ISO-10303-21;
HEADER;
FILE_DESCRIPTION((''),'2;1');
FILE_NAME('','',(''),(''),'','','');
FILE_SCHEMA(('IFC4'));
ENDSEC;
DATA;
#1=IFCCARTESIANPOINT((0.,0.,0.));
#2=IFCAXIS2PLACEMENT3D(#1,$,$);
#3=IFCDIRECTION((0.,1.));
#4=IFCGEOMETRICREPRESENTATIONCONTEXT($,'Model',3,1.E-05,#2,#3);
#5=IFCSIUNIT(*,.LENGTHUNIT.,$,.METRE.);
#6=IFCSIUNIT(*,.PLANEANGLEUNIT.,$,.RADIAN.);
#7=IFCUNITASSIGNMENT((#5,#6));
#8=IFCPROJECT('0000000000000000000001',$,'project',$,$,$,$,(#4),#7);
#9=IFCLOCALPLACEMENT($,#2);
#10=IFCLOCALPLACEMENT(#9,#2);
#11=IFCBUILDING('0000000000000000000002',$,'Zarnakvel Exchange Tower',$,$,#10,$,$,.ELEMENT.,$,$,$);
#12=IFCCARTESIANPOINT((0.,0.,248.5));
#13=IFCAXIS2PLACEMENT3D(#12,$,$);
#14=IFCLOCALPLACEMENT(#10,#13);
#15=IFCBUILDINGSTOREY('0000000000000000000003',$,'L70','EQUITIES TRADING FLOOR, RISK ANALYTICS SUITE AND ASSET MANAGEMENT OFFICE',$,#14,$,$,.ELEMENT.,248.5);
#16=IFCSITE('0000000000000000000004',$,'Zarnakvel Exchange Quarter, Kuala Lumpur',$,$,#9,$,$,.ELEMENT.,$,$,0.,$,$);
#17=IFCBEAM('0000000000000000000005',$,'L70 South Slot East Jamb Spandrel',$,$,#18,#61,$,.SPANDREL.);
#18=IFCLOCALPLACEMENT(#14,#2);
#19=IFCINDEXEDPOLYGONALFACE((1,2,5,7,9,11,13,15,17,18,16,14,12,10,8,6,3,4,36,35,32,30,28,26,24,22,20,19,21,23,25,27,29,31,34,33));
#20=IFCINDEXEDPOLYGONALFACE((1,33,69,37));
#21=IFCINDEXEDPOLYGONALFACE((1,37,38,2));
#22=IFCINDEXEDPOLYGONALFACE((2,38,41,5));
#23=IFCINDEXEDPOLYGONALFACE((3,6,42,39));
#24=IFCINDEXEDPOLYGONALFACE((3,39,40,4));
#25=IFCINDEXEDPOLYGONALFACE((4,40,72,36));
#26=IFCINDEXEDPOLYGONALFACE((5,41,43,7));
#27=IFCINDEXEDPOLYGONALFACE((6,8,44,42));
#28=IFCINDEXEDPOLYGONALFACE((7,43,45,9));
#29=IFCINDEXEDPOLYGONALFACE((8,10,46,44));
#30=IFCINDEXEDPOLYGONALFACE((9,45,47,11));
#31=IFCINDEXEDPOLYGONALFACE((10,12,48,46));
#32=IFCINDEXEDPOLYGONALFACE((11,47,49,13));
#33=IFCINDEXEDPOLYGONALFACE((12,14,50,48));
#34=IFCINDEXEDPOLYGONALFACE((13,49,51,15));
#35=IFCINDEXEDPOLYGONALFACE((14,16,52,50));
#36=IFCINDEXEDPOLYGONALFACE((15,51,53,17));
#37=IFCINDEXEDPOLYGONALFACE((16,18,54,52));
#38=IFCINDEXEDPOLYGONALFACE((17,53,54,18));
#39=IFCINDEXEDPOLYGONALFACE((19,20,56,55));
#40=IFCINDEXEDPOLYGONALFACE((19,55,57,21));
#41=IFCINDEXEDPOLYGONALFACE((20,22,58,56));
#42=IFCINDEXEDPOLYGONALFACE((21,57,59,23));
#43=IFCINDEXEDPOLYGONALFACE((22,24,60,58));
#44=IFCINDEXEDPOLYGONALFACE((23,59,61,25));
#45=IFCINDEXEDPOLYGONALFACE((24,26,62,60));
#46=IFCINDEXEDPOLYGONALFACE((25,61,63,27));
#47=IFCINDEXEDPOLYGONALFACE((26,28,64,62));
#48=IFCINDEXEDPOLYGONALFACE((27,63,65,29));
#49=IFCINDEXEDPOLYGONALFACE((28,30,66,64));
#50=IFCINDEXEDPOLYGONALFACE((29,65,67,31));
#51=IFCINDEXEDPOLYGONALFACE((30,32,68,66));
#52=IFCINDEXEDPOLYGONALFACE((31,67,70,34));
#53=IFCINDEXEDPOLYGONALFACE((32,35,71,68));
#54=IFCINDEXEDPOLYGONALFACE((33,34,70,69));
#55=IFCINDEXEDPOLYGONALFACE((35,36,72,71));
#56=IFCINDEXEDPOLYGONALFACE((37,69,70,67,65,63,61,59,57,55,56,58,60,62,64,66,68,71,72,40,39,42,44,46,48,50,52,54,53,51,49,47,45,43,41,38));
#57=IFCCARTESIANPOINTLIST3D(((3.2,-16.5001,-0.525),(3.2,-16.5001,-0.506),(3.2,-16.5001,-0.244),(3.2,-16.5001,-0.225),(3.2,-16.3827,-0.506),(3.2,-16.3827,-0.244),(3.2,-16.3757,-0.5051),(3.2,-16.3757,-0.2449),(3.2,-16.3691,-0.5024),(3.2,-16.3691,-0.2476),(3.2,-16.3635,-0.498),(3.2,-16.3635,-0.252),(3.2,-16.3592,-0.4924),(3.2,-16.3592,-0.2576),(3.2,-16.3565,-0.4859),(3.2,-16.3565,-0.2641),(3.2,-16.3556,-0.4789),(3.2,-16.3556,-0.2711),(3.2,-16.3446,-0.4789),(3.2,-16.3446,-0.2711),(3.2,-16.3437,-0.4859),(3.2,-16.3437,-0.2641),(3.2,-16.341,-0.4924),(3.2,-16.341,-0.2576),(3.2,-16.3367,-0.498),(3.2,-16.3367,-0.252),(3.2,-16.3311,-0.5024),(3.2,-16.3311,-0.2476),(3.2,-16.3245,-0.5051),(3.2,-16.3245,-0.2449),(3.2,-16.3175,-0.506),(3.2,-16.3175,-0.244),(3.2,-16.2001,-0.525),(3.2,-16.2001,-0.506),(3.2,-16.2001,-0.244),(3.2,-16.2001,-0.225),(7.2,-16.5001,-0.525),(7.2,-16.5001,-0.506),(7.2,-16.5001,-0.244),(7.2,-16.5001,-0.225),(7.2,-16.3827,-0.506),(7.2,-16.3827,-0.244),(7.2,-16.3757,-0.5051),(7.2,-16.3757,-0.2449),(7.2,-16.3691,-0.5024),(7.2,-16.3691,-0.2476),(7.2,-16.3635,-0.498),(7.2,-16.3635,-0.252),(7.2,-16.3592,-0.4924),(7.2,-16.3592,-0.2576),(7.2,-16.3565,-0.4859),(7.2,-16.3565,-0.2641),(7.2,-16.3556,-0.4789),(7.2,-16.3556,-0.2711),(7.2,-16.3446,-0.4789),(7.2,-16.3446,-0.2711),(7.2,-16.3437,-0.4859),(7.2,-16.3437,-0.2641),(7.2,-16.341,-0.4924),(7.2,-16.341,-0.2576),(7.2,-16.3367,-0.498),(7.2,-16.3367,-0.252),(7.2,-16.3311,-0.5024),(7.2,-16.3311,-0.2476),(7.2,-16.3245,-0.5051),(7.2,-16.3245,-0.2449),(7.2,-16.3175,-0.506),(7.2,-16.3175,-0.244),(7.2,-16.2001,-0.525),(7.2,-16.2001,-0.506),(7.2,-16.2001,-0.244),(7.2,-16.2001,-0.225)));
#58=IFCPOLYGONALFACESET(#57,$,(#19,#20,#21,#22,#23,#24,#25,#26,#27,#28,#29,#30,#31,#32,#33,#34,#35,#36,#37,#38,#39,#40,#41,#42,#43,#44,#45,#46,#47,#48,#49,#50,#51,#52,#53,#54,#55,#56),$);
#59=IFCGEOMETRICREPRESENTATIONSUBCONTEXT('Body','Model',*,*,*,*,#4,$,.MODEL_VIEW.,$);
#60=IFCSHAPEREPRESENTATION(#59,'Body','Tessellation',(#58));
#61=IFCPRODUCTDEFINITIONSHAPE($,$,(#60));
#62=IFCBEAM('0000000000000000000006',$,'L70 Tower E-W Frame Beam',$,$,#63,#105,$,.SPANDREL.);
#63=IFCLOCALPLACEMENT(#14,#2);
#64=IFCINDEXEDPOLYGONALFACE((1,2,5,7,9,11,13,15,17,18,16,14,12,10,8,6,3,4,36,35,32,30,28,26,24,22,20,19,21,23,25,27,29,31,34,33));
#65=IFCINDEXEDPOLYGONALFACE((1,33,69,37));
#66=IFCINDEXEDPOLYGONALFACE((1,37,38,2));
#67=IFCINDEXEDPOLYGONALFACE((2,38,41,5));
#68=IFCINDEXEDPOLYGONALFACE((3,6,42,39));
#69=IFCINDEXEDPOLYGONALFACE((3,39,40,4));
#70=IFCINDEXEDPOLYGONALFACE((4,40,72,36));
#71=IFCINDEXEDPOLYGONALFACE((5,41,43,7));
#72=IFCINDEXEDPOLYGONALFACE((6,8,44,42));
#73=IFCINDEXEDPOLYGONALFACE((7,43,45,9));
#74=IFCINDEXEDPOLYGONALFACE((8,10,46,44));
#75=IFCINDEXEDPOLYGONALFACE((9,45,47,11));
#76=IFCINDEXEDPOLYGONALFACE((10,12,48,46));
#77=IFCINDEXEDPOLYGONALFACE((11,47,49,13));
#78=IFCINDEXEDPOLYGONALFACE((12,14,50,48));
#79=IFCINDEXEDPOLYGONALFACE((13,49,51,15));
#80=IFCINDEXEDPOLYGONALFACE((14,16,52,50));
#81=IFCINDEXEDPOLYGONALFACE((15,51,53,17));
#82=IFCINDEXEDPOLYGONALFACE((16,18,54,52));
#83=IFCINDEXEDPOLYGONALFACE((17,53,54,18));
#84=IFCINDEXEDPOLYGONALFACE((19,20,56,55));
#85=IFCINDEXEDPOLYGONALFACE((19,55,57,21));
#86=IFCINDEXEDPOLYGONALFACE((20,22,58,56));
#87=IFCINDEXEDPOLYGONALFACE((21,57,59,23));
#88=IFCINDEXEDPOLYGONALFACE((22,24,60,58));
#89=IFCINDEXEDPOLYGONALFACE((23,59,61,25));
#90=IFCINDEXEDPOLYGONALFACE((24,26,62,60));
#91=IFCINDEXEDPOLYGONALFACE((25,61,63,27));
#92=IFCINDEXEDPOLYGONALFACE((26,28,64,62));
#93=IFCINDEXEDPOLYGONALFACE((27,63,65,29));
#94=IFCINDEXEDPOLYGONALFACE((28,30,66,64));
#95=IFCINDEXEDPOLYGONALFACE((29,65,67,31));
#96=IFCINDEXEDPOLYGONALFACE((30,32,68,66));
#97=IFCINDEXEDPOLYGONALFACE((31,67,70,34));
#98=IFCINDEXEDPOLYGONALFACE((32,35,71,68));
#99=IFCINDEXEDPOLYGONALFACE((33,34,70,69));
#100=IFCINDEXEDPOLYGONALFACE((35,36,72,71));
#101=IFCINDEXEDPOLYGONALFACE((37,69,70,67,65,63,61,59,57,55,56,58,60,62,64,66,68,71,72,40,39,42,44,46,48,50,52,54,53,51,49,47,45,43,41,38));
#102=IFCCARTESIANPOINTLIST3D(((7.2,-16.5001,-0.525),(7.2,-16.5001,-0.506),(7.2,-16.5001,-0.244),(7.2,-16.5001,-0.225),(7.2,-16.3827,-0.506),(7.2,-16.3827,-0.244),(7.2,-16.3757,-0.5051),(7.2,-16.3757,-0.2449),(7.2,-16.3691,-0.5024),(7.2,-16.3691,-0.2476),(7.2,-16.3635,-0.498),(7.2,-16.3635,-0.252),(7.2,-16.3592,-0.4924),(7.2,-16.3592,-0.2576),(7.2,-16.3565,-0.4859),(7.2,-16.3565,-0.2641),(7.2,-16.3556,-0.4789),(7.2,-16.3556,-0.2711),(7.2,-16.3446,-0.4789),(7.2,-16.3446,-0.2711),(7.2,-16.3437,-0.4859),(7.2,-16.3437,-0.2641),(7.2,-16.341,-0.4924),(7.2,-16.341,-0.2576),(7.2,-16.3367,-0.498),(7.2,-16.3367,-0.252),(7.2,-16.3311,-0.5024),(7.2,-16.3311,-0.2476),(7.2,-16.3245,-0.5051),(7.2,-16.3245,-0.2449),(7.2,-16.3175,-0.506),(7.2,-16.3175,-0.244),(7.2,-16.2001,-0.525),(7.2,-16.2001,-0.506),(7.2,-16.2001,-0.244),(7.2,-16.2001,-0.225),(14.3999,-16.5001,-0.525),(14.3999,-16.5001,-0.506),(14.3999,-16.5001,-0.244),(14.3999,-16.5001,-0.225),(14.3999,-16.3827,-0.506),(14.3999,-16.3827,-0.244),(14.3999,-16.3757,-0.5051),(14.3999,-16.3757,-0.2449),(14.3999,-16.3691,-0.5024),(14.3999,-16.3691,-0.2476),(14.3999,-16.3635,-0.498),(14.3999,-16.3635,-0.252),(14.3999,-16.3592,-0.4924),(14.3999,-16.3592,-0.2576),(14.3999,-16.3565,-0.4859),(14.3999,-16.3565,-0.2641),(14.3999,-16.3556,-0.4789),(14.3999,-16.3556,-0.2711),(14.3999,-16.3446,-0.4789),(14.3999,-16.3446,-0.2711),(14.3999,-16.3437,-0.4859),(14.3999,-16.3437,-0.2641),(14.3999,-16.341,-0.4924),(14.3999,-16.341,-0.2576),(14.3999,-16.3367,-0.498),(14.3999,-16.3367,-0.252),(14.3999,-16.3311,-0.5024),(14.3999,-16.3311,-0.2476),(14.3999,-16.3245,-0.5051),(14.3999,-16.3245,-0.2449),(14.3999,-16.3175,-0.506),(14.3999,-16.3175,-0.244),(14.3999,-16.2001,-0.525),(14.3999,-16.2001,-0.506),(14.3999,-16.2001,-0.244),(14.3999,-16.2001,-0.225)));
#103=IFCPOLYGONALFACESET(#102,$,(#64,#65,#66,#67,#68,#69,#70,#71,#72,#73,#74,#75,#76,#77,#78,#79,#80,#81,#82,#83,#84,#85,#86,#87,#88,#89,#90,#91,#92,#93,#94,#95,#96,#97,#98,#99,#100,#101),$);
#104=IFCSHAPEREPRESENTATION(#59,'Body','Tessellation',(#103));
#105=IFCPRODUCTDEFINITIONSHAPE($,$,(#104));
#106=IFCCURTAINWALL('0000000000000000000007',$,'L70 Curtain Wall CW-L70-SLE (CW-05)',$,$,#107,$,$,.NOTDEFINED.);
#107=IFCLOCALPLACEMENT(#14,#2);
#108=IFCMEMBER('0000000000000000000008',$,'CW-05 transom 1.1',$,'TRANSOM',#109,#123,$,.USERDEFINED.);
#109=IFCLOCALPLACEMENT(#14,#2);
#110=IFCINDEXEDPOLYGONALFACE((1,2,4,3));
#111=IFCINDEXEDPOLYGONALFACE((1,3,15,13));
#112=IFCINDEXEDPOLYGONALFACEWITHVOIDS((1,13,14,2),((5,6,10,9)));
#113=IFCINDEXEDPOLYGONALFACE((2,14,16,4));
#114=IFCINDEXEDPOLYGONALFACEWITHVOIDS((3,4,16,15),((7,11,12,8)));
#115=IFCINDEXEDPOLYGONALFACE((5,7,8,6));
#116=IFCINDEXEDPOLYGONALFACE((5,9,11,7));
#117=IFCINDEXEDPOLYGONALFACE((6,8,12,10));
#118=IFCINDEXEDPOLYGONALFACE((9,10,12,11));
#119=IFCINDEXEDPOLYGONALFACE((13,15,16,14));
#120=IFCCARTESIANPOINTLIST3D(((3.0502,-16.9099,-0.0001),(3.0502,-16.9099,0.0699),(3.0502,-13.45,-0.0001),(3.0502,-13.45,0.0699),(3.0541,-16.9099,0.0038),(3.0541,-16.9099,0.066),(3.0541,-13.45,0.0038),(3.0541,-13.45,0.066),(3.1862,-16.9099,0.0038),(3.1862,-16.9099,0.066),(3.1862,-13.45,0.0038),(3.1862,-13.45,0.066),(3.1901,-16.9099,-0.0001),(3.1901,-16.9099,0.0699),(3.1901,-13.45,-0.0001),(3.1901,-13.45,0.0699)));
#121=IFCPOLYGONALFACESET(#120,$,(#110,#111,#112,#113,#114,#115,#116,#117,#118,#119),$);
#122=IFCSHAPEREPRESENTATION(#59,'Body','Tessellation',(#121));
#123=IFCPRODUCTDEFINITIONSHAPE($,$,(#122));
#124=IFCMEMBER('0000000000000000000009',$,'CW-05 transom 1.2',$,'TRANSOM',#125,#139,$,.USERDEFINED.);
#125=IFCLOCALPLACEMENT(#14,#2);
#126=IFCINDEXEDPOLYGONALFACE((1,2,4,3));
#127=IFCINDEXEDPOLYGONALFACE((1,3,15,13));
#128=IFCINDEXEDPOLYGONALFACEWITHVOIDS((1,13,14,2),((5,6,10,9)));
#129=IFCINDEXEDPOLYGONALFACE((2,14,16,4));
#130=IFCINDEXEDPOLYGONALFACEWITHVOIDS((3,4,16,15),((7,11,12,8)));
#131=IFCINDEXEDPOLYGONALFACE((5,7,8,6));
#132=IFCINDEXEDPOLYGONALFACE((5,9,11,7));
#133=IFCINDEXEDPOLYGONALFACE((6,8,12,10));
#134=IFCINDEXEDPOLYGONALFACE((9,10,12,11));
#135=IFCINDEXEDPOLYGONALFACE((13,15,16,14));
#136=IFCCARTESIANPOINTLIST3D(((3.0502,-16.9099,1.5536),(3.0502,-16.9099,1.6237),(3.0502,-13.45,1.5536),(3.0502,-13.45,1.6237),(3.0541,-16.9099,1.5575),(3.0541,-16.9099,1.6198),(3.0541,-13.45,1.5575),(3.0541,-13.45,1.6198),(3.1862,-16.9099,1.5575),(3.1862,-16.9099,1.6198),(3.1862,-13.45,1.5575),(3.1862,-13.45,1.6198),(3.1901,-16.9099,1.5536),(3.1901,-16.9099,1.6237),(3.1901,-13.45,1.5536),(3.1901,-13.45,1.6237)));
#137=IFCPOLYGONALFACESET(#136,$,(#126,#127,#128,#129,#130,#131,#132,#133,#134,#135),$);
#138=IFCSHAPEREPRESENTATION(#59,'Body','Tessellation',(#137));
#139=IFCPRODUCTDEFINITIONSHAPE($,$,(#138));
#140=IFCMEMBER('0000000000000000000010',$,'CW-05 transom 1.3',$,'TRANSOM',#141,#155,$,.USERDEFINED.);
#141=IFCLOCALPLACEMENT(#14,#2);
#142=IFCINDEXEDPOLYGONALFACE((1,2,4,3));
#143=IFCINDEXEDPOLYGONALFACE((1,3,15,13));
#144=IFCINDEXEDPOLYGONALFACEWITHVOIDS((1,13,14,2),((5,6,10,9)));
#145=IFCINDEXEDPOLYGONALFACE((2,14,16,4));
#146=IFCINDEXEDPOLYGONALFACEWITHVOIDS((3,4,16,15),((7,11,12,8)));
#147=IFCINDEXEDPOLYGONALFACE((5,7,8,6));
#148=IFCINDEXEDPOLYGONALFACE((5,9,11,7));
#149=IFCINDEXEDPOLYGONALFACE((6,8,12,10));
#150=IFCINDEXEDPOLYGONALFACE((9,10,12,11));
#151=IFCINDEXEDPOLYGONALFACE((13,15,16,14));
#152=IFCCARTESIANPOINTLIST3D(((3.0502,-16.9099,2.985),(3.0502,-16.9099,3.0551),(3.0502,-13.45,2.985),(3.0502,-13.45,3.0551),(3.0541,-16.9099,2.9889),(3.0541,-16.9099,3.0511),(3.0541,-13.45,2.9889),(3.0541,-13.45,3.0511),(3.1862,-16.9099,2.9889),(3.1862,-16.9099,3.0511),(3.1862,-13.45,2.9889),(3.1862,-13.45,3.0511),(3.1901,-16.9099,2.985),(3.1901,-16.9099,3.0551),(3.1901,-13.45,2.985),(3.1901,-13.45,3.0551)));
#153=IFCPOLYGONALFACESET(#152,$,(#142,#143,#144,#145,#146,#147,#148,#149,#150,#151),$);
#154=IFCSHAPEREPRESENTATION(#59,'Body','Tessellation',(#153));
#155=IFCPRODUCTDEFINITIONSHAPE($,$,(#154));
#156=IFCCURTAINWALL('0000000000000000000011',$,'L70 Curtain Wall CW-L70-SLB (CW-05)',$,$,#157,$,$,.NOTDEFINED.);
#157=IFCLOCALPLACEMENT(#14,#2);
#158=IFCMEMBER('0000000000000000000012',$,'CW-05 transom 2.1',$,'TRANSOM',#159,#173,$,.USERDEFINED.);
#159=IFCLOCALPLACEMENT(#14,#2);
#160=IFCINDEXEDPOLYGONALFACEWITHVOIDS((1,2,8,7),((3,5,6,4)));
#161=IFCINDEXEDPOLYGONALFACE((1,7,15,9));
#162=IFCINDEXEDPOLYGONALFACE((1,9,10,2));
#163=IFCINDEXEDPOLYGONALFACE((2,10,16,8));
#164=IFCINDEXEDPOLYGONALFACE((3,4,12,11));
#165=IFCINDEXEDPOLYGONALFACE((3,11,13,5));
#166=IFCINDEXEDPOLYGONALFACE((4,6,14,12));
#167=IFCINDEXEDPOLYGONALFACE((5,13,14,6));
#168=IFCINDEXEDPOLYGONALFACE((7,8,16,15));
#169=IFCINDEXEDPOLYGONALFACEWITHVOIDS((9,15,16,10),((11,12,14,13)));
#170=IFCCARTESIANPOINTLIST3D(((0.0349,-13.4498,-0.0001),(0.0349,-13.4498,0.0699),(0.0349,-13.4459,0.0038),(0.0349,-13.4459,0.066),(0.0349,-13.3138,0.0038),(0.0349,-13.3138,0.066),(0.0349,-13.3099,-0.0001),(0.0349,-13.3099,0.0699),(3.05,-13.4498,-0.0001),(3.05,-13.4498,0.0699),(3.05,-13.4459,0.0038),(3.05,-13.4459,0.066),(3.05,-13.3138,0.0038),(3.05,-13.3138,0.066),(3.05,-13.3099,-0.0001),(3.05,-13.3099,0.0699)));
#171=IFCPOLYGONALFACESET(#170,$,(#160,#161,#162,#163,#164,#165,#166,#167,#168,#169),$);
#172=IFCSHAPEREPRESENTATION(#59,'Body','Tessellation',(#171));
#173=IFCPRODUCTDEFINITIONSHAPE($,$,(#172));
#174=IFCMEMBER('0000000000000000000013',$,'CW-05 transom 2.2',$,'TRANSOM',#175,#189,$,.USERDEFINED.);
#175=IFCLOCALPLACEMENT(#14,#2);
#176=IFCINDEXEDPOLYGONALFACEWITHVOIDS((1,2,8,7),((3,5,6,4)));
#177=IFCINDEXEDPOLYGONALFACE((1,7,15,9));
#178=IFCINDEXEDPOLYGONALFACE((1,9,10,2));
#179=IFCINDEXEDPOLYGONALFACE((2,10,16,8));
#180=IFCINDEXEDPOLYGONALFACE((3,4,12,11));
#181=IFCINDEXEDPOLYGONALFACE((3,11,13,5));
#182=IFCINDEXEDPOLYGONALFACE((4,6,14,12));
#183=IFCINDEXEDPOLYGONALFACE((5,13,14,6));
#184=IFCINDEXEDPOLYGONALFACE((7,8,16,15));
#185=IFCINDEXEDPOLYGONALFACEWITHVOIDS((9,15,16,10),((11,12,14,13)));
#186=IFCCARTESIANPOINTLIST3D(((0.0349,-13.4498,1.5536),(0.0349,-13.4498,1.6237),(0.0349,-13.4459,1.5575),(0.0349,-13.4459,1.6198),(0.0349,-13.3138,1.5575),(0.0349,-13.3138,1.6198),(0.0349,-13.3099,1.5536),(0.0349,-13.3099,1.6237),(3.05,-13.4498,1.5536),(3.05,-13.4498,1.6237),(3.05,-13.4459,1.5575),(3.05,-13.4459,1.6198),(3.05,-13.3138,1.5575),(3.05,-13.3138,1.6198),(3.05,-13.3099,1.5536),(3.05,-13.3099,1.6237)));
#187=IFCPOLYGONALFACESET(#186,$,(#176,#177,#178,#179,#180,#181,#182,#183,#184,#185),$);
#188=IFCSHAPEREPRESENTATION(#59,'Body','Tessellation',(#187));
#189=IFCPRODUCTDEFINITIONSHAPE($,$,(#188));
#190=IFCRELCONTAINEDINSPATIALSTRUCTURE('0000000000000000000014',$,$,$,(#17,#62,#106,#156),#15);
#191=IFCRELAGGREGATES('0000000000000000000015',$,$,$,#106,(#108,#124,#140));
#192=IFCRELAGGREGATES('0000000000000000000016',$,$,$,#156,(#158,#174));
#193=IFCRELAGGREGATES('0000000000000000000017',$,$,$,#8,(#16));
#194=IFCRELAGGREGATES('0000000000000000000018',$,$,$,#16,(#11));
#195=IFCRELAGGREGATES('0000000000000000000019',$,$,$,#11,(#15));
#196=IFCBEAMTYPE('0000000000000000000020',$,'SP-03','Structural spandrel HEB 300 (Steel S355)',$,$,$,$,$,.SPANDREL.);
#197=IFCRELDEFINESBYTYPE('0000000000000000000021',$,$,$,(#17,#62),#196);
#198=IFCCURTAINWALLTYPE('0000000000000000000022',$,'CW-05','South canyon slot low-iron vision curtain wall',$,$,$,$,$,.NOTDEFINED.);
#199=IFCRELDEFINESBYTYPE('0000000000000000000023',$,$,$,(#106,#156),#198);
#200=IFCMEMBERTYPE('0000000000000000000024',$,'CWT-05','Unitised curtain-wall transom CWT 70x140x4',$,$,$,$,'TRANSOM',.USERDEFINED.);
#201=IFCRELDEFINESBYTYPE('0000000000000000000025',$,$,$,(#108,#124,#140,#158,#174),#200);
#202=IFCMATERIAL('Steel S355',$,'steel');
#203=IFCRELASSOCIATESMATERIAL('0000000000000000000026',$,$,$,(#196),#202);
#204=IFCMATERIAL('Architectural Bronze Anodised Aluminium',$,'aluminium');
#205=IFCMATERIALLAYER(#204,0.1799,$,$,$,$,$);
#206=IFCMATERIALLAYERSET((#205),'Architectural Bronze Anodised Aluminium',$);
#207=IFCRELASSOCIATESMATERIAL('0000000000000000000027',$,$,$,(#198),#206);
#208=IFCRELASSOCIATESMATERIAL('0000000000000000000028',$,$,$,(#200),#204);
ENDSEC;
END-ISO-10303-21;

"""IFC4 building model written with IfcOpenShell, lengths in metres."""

from ifc_helpers import new_model, si_unit, direction, frame, origin, origin_2d, place, context, subcontext, project, spatial, hollow_rectangle, i_section, extrude, source, transform, mapped, material, layer, layer_set, material_profile, profile_set, type_object, element, aggregate, save


model = new_model("IFC4")

# Units and contexts
model_context = context("Model", 3, precision=1e-05, world=origin(), true_north=direction((0.0, 1.0)))
body_context = subcontext(model_context, "Body", "Model", "MODEL_VIEW")
ifc_project = project(units=[si_unit("LENGTHUNIT", "METRE"), si_unit("PLANEANGLEUNIT", "RADIAN")], contexts=[model_context])

# Site, building, storey
site_placement = place(None, origin())
site = spatial("IfcSite", under=ifc_project, at=site_placement, Name="Zarnakvel Exchange Quarter, Kuala Lumpur", CompositionType="ELEMENT", RefElevation=0.0)
building_placement = place(site_placement, origin())
building = spatial("IfcBuilding", under=site, at=building_placement, Name="Zarnakvel Exchange Tower", CompositionType="ELEMENT")
storey_placement = place(building_placement, frame((0.0, 0.0, 248.5)))
storey = spatial("IfcBuildingStorey", under=building, at=storey_placement, Name="L70", Description="EQUITIES TRADING FLOOR, RISK ANALYTICS SUITE AND ASSET MANAGEMENT OFFICE", CompositionType="ELEMENT", Elevation=248.5)

# Beams
ifc_material_1 = material(Name="Steel S355", Category="steel")
ifc_material_profile_1 = material_profile(ifc_material_1, i_section(OverallWidth=0.3, OverallDepth=0.3, WebThickness=0.011, FlangeThickness=0.019, FilletRadius=0.0271, at=origin_2d()))
ifc_profile_set_1 = profile_set([ifc_material_profile_1], Name="Steel S355")
beam_type_1 = type_object("IfcBeamType", Name="SP-03", Description="Structural spandrel HEB 300 (Steel S355)", PredefinedType="SPANDREL", material=ifc_profile_set_1)
beam_1_placement = place(storey_placement, frame((3.2, -16.3501, -0.375), z_axis=(1.0, 0.0, 0.0), x_axis=(0.0, 1.0, 0.0)))
element("IfcBeam", 1, at=beam_1_placement, inside=storey, type_object=beam_type_1, Name="L70 South Slot East Jamb Spandrel", PredefinedType="SPANDREL", context=body_context, shape_type="SweptSolid", body=[
    extrude(i_section(OverallWidth=0.3, OverallDepth=0.3, WebThickness=0.011, FlangeThickness=0.019, FilletRadius=0.0271, at=origin_2d()), origin(), (0.0, 0.0, 1.0), 4.0),
])
beam_2_placement = place(storey_placement, frame((7.2, -16.3501, -0.375), z_axis=(1.0, 0.0, 0.0), x_axis=(0.0, 1.0, 0.0)))
element("IfcBeam", 2, at=beam_2_placement, inside=storey, type_object=beam_type_1, Name="L70 Tower E-W Frame Beam", PredefinedType="SPANDREL", context=body_context, shape_type="SweptSolid", body=[
    extrude(i_section(OverallWidth=0.3, OverallDepth=0.3, WebThickness=0.011, FlangeThickness=0.019, FilletRadius=0.0271, at=origin_2d()), origin(), (0.0, 0.0, 1.0), 7.2),
])

# Curtain walls, members
ifc_material_2 = material(Name="Architectural Bronze Anodised Aluminium", Category="aluminium")
ifc_layer_1 = layer(ifc_material_2, 0.1799)
ifc_layer_set_1 = layer_set([ifc_layer_1], Name="Architectural Bronze Anodised Aluminium")
curtain_wall_type = type_object("IfcCurtainWallType", Name="CW-05", Description="South canyon slot low-iron vision curtain wall", PredefinedType="NOTDEFINED", material=ifc_layer_set_1)
curtain_wall_1_placement = place(storey_placement, origin())
curtain_wall_1 = element("IfcCurtainWall", 3, at=curtain_wall_1_placement, inside=storey, type_object=curtain_wall_type, Name="L70 Curtain Wall CW-L70-SLE (CW-05)", PredefinedType="NOTDEFINED")
ifc_material_profile_2 = material_profile(ifc_material_2, hollow_rectangle(XDim=0.1399, YDim=0.0701, WallThickness=0.0039, at=origin_2d()))
ifc_profile_set_2 = profile_set([ifc_material_profile_2], Name="Architectural Bronze Anodised Aluminium")
member_type_1 = type_object("IfcMemberType", Name="CWT-05", Description="Unitised curtain-wall transom CWT 70x140x4", ElementType="TRANSOM", PredefinedType="USERDEFINED", material=ifc_profile_set_2)
shared_shape_1 = source(origin(), body_context, "Body", "SweptSolid", [
    extrude(hollow_rectangle(XDim=0.1399, YDim=0.0701, WallThickness=0.0039, at=origin_2d()), origin(), (0.0, 0.0, 1.0), 3.46),
])
member_1_placement = place(storey_placement, frame((3.1201, -13.45, 0.0349), z_axis=(0.0, -1.0, 0.0), x_axis=(1.0, 0.0, 0.0)))
member_1 = element("IfcMember", 4, at=member_1_placement, type_object=member_type_1, Name="CW-05 transom 1.1", ObjectType="TRANSOM", PredefinedType="USERDEFINED", context=body_context, shape_type="MappedRepresentation", body=[
    mapped(shared_shape_1, transform((0.0, 0.0, 0.0), x_axis=(1.0, 0.0, 0.0), y_axis=(0.0, 1.0, 0.0), z_axis=(0.0, 0.0, 1.0), scale=1.0)),
])
member_2_placement = place(storey_placement, frame((3.1201, -13.45, 1.5886), z_axis=(0.0, -1.0, 0.0), x_axis=(1.0, 0.0, 0.0)))
member_2 = element("IfcMember", 5, at=member_2_placement, type_object=member_type_1, Name="CW-05 transom 1.2", ObjectType="TRANSOM", PredefinedType="USERDEFINED", context=body_context, shape_type="MappedRepresentation", body=[
    mapped(shared_shape_1, transform((0.0, 0.0, 0.0), x_axis=(1.0, 0.0, 0.0), y_axis=(0.0, 1.0, 0.0), z_axis=(0.0, 0.0, 1.0), scale=1.0)),
])
member_3_placement = place(storey_placement, frame((3.1201, -13.45, 3.02), z_axis=(0.0, -1.0, 0.0), x_axis=(1.0, 0.0, 0.0)))
member_3 = element("IfcMember", 6, at=member_3_placement, type_object=member_type_1, Name="CW-05 transom 1.3", ObjectType="TRANSOM", PredefinedType="USERDEFINED", context=body_context, shape_type="MappedRepresentation", body=[
    mapped(shared_shape_1, transform((0.0, 0.0, 0.0), x_axis=(1.0, 0.0, 0.0), y_axis=(0.0, 1.0, 0.0), z_axis=(0.0, 0.0, 1.0), scale=1.0)),
])
curtain_wall_2_placement = place(storey_placement, origin())
curtain_wall_2 = element("IfcCurtainWall", 7, at=curtain_wall_2_placement, inside=storey, type_object=curtain_wall_type, Name="L70 Curtain Wall CW-L70-SLB (CW-05)", PredefinedType="NOTDEFINED")
shared_shape_2 = source(origin(), body_context, "Body", "SweptSolid", [
    extrude(hollow_rectangle(XDim=0.1399, YDim=0.0701, WallThickness=0.0039, at=origin_2d()), origin(), (0.0, 0.0, 1.0), 3.0151),
])
member_4_placement = place(storey_placement, frame((0.0349, -13.3799, 0.0349), z_axis=(1.0, 0.0, 0.0), x_axis=(0.0, 1.0, 0.0)))
member_4 = element("IfcMember", 8, at=member_4_placement, type_object=member_type_1, Name="CW-05 transom 2.1", ObjectType="TRANSOM", PredefinedType="USERDEFINED", context=body_context, shape_type="MappedRepresentation", body=[
    mapped(shared_shape_2, transform((0.0, 0.0, 0.0), x_axis=(1.0, 0.0, 0.0), y_axis=(0.0, 1.0, 0.0), z_axis=(0.0, 0.0, 1.0), scale=1.0)),
])
member_5_placement = place(storey_placement, frame((0.0349, -13.3799, 1.5886), z_axis=(1.0, 0.0, 0.0), x_axis=(0.0, 1.0, 0.0)))
member_5 = element("IfcMember", 9, at=member_5_placement, type_object=member_type_1, Name="CW-05 transom 2.2", ObjectType="TRANSOM", PredefinedType="USERDEFINED", context=body_context, shape_type="MappedRepresentation", body=[
    mapped(shared_shape_2, transform((0.0, 0.0, 0.0), x_axis=(1.0, 0.0, 0.0), y_axis=(0.0, 1.0, 0.0), z_axis=(0.0, 0.0, 1.0), scale=1.0)),
])

aggregate(curtain_wall_1, [member_1, member_2, member_3])
aggregate(curtain_wall_2, [member_4, member_5])

save(model, "model.ifc")
